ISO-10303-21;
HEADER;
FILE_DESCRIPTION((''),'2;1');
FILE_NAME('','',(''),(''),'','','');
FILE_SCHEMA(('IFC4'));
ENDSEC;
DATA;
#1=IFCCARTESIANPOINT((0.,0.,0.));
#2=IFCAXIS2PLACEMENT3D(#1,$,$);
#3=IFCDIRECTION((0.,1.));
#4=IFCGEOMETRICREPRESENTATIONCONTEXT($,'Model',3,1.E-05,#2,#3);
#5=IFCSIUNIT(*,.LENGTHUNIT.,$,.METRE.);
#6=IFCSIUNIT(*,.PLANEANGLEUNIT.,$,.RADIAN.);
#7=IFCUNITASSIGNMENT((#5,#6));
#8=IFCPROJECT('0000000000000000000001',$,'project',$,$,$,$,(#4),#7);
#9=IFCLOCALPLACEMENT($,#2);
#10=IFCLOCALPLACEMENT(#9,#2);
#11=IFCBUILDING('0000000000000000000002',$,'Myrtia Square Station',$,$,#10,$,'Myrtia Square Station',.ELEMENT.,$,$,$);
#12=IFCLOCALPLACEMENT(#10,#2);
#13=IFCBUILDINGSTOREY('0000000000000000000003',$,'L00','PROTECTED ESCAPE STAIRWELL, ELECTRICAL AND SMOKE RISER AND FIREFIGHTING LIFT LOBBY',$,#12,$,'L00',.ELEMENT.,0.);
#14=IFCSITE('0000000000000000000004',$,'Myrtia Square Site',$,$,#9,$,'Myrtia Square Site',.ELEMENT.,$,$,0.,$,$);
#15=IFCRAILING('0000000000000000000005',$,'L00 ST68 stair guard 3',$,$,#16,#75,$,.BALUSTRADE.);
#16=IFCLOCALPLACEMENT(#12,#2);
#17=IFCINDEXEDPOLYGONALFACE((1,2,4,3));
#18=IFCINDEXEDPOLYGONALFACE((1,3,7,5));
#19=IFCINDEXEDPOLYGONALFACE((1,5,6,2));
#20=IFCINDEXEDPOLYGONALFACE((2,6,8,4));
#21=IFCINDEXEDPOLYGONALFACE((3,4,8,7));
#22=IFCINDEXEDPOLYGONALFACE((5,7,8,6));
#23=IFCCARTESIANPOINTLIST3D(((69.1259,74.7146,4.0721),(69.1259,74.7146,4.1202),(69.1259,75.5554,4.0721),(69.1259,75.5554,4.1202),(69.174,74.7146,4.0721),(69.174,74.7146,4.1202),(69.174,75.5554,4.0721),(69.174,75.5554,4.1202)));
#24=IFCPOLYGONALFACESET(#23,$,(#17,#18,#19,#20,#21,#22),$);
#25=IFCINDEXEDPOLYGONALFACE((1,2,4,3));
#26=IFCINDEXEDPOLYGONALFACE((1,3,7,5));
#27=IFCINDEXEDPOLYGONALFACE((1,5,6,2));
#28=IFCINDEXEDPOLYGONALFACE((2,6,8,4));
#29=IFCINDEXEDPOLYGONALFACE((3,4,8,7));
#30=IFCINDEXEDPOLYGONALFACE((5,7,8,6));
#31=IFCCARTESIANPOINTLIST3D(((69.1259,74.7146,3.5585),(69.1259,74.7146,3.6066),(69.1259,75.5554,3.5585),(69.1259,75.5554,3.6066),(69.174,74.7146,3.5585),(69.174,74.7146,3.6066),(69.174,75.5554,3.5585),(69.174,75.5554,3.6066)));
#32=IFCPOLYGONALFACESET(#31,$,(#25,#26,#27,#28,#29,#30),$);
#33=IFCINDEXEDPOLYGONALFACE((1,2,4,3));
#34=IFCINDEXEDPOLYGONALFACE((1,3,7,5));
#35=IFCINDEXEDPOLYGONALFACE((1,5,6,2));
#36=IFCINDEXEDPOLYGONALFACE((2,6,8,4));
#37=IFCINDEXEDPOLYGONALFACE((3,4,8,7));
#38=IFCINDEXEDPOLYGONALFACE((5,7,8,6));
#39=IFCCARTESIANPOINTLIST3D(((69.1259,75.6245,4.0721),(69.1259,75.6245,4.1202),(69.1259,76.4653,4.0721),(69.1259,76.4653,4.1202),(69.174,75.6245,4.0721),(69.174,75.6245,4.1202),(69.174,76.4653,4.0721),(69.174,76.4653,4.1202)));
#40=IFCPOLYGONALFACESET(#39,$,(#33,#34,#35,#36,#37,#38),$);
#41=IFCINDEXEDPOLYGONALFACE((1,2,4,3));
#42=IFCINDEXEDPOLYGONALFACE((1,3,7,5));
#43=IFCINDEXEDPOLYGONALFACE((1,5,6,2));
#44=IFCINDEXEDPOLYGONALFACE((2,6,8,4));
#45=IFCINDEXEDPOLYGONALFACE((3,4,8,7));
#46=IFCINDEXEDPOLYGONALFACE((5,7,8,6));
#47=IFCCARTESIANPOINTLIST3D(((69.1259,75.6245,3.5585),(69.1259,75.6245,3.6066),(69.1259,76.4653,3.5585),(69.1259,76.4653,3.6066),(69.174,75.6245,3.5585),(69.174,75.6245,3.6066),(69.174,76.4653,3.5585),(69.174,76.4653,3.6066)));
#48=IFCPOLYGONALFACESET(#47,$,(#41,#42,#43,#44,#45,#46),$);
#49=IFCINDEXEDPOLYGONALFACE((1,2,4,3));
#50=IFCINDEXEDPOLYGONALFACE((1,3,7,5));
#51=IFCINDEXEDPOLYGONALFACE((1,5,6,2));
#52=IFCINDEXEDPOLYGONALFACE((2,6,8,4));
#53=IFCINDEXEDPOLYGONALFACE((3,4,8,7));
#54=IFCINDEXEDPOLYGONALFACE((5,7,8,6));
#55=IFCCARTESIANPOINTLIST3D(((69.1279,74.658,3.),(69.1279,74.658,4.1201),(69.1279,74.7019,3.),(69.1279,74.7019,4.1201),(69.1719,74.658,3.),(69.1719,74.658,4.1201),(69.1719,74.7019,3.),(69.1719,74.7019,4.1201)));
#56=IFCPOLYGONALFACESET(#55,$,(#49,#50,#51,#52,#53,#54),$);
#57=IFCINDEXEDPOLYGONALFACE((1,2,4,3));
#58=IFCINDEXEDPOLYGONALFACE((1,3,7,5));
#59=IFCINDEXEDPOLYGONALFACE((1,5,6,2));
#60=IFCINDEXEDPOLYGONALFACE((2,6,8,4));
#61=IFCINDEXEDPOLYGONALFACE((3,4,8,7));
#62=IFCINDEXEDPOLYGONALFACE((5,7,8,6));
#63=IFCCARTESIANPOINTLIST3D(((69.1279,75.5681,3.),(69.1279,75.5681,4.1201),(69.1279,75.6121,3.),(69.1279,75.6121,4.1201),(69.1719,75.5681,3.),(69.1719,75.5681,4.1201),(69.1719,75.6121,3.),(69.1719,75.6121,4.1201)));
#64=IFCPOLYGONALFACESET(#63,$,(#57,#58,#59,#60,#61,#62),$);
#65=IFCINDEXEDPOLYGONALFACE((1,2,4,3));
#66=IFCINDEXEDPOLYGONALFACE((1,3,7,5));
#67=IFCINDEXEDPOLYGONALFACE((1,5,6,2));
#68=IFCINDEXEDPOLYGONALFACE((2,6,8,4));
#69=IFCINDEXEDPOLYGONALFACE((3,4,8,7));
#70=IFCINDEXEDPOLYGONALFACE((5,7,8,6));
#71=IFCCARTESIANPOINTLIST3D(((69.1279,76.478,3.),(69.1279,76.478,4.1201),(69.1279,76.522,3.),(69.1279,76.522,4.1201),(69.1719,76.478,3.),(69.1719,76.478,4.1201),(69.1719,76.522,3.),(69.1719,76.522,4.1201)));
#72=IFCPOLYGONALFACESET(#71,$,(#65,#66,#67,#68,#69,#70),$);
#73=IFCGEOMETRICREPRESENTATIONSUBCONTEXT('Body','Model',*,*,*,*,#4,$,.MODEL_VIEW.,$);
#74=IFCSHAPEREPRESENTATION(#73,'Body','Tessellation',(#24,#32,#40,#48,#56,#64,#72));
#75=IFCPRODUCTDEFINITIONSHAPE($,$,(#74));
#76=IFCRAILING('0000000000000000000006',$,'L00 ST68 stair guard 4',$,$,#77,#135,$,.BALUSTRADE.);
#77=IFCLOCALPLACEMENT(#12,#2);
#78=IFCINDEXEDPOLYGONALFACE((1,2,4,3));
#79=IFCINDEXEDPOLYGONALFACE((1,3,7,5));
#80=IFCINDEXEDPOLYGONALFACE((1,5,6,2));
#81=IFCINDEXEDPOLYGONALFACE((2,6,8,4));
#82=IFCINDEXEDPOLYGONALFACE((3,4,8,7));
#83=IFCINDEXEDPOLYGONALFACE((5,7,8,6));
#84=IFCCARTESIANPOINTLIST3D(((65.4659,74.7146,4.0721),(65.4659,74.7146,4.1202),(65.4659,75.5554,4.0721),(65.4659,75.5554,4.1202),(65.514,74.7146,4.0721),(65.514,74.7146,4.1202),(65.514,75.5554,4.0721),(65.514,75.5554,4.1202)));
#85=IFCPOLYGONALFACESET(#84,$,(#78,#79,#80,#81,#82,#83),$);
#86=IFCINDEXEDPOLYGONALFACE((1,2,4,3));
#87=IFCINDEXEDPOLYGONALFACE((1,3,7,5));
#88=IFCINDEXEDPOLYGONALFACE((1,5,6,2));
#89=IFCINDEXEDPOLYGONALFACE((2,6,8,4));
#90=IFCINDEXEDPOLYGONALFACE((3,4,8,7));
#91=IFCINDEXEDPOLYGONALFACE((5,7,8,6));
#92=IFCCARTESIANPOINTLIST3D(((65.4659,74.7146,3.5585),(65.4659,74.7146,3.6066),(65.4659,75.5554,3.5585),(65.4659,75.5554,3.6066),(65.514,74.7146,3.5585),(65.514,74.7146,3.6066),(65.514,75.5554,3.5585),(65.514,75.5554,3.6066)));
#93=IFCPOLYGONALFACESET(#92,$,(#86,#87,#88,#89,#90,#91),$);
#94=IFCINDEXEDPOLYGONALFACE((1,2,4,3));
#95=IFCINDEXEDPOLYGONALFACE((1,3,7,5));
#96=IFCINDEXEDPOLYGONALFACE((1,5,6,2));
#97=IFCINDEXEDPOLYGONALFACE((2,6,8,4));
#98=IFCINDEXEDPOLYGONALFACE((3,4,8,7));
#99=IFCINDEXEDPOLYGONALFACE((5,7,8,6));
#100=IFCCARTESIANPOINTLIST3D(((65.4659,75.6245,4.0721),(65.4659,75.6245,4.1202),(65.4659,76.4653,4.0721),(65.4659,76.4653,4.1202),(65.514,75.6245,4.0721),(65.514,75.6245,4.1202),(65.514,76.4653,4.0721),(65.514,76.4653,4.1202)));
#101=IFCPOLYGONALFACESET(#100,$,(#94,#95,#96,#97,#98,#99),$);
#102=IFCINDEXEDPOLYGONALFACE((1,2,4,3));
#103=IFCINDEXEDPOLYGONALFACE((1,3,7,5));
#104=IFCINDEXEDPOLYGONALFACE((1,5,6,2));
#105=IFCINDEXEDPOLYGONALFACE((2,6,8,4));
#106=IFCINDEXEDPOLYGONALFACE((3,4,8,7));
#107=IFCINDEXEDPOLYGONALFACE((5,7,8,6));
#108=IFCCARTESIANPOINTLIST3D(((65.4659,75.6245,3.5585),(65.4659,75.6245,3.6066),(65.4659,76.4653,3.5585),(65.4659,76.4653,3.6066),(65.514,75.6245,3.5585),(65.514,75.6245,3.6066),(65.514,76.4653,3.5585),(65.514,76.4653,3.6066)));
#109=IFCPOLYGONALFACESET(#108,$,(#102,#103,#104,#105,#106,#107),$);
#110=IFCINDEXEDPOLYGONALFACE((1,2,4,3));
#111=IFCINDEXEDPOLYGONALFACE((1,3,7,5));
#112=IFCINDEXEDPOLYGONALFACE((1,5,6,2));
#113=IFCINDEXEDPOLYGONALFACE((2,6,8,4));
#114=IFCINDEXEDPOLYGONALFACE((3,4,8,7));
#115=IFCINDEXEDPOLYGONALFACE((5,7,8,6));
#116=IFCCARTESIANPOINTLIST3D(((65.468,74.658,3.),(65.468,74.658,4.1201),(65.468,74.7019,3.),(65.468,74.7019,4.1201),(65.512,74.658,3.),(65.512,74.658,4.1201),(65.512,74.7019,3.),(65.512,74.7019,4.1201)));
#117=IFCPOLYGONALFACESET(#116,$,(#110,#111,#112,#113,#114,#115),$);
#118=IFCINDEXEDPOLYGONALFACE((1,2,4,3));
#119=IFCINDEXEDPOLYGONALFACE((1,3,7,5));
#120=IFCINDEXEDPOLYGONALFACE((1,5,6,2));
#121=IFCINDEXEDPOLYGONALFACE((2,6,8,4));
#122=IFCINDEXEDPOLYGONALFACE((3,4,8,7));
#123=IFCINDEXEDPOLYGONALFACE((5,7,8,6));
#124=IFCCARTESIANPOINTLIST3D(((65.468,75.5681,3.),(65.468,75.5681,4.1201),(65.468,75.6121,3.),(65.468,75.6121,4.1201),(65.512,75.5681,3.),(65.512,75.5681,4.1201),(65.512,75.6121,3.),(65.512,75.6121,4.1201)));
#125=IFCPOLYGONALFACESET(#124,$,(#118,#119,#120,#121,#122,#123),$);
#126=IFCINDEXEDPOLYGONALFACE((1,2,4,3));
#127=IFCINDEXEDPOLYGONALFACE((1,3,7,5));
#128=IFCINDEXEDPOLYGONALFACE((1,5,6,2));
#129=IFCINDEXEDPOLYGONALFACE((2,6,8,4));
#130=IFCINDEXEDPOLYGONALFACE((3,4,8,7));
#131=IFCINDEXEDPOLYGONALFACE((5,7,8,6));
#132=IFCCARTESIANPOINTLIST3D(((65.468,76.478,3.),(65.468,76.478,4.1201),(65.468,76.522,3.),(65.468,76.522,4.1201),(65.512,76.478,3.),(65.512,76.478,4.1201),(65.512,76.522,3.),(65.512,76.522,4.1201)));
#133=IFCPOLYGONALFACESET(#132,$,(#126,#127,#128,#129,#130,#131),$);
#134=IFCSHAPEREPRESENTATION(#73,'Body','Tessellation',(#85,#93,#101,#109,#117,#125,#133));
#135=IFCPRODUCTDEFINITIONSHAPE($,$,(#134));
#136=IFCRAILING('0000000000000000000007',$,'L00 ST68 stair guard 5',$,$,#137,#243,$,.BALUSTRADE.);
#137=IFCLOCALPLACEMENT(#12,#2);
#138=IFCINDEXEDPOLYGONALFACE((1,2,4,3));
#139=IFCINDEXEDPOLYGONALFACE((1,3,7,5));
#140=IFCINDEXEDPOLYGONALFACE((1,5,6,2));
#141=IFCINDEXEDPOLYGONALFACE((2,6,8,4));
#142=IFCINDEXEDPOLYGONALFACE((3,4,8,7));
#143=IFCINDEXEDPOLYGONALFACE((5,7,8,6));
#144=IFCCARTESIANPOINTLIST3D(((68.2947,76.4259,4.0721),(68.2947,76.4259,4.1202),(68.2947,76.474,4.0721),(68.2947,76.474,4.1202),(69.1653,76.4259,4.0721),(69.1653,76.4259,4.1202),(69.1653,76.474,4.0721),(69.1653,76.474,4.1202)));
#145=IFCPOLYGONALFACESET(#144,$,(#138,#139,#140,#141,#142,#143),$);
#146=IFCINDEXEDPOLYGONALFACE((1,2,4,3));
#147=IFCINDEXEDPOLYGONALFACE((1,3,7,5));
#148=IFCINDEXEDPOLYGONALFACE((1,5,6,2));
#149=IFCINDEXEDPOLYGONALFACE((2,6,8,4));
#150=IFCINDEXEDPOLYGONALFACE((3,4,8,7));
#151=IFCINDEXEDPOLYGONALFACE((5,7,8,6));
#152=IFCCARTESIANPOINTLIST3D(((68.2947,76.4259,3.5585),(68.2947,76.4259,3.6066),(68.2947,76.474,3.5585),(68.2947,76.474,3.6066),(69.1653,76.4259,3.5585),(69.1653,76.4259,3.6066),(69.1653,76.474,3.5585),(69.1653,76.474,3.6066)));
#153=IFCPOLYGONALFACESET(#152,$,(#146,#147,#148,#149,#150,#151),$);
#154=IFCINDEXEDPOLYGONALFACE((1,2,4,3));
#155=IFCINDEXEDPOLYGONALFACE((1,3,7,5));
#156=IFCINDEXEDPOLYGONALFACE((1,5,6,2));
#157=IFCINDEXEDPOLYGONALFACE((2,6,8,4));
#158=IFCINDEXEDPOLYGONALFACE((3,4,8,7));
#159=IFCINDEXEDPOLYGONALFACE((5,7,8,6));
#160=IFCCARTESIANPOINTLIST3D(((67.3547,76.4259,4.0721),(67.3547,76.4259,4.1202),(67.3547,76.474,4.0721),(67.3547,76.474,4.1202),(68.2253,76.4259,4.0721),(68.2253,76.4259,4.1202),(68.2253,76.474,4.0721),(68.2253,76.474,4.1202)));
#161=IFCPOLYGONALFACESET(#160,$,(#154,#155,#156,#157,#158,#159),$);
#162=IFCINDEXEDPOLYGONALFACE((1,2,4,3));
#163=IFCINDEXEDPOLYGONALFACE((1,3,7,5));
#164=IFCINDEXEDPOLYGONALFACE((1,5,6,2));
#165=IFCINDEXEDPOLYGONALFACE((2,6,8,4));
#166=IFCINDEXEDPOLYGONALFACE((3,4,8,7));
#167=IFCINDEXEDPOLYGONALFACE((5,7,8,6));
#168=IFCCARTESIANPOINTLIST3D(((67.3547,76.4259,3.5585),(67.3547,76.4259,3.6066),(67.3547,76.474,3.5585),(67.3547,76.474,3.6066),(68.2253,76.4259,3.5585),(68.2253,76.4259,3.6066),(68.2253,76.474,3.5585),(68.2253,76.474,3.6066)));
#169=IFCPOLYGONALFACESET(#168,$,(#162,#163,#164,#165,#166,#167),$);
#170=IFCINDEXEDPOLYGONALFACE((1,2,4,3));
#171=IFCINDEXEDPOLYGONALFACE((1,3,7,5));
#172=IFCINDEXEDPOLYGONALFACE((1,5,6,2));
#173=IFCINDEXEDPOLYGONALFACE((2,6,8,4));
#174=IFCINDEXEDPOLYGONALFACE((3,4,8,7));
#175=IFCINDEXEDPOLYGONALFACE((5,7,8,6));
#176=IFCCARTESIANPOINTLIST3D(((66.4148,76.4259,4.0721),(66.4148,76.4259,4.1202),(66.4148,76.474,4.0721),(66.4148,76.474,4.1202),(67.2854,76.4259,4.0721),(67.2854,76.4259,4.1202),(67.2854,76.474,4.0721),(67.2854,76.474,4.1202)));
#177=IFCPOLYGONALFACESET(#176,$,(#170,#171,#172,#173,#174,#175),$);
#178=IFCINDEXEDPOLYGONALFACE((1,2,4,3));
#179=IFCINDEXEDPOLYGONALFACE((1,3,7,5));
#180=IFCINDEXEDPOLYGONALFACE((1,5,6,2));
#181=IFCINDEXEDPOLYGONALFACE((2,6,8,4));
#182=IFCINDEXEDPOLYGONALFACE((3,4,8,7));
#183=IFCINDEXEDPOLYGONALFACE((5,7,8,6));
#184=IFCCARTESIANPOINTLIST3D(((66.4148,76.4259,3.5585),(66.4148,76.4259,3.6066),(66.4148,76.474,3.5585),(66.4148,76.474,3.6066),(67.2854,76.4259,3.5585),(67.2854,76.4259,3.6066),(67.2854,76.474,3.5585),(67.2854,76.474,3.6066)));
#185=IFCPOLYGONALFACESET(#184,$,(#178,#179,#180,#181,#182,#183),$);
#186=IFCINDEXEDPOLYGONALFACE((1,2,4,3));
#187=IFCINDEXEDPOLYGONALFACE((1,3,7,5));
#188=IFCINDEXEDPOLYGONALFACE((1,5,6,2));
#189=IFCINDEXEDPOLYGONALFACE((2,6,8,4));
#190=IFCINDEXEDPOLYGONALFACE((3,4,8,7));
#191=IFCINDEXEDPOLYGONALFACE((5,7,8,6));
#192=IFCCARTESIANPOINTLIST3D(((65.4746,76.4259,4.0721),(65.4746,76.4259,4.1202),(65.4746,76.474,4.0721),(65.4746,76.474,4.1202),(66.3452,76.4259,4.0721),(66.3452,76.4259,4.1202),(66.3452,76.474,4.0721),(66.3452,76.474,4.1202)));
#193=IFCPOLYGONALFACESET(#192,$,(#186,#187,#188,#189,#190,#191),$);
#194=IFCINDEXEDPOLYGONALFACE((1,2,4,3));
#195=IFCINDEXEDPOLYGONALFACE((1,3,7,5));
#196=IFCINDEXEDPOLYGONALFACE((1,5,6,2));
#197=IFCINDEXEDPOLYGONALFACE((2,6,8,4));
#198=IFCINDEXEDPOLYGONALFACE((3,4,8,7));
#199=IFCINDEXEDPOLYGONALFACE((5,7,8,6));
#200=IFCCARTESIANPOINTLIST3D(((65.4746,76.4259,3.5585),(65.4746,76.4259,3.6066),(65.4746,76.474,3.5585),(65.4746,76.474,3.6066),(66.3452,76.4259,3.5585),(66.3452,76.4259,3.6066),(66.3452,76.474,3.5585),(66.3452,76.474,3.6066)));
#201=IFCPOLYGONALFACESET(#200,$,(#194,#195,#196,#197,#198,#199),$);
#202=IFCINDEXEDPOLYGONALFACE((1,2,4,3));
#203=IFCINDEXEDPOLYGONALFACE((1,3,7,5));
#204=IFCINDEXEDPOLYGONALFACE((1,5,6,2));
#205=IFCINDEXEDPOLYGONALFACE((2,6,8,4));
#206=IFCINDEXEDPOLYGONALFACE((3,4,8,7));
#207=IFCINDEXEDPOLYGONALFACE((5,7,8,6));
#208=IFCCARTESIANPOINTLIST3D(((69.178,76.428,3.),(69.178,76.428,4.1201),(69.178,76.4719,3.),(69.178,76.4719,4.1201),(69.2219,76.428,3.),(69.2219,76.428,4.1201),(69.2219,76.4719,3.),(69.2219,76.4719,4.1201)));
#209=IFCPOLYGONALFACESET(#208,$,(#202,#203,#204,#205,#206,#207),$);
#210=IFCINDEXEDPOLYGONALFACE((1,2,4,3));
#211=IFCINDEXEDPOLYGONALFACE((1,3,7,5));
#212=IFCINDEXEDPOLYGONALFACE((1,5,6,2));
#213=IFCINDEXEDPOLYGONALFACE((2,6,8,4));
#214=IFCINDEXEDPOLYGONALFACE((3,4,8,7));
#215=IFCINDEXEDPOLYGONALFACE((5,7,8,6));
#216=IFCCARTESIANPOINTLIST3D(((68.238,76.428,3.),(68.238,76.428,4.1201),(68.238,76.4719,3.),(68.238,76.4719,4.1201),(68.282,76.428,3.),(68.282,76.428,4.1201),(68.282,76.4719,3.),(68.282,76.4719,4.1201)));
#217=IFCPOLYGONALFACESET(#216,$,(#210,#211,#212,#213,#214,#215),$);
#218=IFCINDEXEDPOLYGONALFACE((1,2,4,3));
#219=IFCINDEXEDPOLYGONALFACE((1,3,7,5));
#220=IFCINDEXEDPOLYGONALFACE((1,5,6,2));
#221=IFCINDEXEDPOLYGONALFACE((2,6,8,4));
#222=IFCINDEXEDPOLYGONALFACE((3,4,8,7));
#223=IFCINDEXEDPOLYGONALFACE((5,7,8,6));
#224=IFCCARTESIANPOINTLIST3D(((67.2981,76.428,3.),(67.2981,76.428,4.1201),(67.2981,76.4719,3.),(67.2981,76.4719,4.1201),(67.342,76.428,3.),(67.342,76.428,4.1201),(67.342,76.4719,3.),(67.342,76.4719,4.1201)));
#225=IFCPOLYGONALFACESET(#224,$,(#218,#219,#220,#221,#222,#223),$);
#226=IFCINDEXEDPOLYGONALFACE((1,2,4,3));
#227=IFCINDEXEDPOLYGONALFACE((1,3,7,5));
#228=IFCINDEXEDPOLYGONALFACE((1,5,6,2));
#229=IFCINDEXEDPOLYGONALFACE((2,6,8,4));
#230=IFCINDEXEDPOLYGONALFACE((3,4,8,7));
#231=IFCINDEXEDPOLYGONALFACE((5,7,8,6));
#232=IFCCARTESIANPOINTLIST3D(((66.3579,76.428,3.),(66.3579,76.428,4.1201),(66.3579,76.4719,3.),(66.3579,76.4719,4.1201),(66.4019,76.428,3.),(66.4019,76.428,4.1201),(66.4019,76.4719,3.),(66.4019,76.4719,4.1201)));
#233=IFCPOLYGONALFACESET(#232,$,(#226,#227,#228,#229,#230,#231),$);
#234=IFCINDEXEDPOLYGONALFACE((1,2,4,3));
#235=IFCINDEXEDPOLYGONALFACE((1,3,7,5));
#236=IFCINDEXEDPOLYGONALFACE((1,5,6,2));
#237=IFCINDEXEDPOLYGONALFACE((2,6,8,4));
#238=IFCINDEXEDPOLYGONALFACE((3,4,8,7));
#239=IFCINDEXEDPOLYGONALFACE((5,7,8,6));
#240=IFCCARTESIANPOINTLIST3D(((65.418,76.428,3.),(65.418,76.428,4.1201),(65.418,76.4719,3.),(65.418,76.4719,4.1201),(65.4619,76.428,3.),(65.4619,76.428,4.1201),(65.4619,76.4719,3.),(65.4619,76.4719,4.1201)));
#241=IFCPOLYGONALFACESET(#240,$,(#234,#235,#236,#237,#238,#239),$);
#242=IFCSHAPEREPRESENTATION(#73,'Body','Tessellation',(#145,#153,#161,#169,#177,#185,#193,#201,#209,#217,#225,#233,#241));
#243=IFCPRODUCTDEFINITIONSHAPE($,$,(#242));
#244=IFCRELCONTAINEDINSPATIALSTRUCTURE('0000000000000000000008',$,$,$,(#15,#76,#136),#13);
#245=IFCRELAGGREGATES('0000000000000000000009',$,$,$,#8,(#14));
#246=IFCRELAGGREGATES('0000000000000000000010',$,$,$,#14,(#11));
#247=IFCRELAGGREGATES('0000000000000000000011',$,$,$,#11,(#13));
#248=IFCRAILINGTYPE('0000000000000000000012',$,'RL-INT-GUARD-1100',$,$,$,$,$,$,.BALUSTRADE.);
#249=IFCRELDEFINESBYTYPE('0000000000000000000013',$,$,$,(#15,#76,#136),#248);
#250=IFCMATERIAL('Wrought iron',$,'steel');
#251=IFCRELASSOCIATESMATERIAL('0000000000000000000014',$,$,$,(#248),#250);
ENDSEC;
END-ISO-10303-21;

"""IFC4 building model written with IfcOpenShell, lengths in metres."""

from ifc_helpers import new_model, si_unit, direction, frame, origin, origin_2d, place, context, subcontext, project, spatial, rectangle, extrude, material, type_object, element, save


model = new_model("IFC4")

# Units and contexts
model_context = context("Model", 3, precision=1e-05, world=origin(), true_north=direction((0.0, 1.0)))
body_context = subcontext(model_context, "Body", "Model", "MODEL_VIEW")
ifc_project = project(units=[si_unit("LENGTHUNIT", "METRE"), si_unit("PLANEANGLEUNIT", "RADIAN")], contexts=[model_context])

# Site, building, storey
site_placement = place(None, origin())
site = spatial("IfcSite", under=ifc_project, at=site_placement, Name="Myrtia Square Site", LongName="Myrtia Square Site", CompositionType="ELEMENT", RefElevation=0.0)
building_placement = place(site_placement, origin())
building = spatial("IfcBuilding", under=site, at=building_placement, Name="Myrtia Square Station", LongName="Myrtia Square Station", CompositionType="ELEMENT")
storey_placement = place(building_placement, origin())
storey = spatial("IfcBuildingStorey", under=building, at=storey_placement, Name="L00", Description="PROTECTED ESCAPE STAIRWELL, ELECTRICAL AND SMOKE RISER AND FIREFIGHTING LIFT LOBBY", LongName="L00", CompositionType="ELEMENT", Elevation=0.0)

# Railings
ifc_material_1 = material(Name="Wrought iron", Category="steel")
railing_type_1 = type_object("IfcRailingType", Name="RL-INT-GUARD-1100", PredefinedType="BALUSTRADE", material=ifc_material_1)
for number, where, name in (
    (1, (69.1499, 74.6799, 3.0), "L00 ST68 stair guard 3"),
    (2, (65.49, 74.6799, 3.0), "L00 ST68 stair guard 4"),
):
    element("IfcRailing", number, at=place(storey_placement, frame(where)), inside=storey, type_object=railing_type_1, Name=name, PredefinedType="BALUSTRADE", context=body_context, shape_type="SweptSolid", body=[
        extrude(rectangle(XDim=0.0481, YDim=0.0481, at=origin_2d()), frame((0.0, 0.0347, 1.0962), z_axis=(0.0, 1.0, 0.0), x_axis=(-1.0, 0.0, 0.0)), (0.0, 0.0, 1.0), 0.8408),
        extrude(rectangle(XDim=0.0481, YDim=0.0481, at=origin_2d()), frame((0.0, 0.0347, 0.5825), z_axis=(0.0, 1.0, 0.0), x_axis=(-1.0, 0.0, 0.0)), (0.0, 0.0, 1.0), 0.8408),
        extrude(rectangle(XDim=0.0481, YDim=0.0481, at=origin_2d()), frame((0.0, 0.9446, 1.0962), z_axis=(0.0, 1.0, 0.0), x_axis=(-1.0, 0.0, 0.0)), (0.0, 0.0, 1.0), 0.8408),
        extrude(rectangle(XDim=0.0481, YDim=0.0481, at=origin_2d()), frame((0.0, 0.9446, 0.5825), z_axis=(0.0, 1.0, 0.0), x_axis=(-1.0, 0.0, 0.0)), (0.0, 0.0, 1.0), 0.8408),
        extrude(rectangle(XDim=0.0439, YDim=0.0439, at=origin_2d()), origin(), (0.0, 0.0, 1.0), 1.1201),
        extrude(rectangle(XDim=0.0439, YDim=0.0439, at=origin_2d()), frame((0.0, 0.9102, 0.0)), (0.0, 0.0, 1.0), 1.1201),
        extrude(rectangle(XDim=0.0439, YDim=0.0439, at=origin_2d()), frame((0.0, 1.8201, 0.0)), (0.0, 0.0, 1.0), 1.1201),
    ])
railing_1_placement = place(storey_placement, frame((69.2, 76.45, 3.0)))
element("IfcRailing", 3, at=railing_1_placement, inside=storey, type_object=railing_type_1, Name="L00 ST68 stair guard 5", PredefinedType="BALUSTRADE", context=body_context, shape_type="SweptSolid", body=[
    extrude(rectangle(XDim=0.0481, YDim=0.0481, at=origin_2d()), frame((-0.0347, 0.0, 1.0962), z_axis=(-1.0, 0.0, 0.0), x_axis=(0.0, -1.0, 0.0)), (0.0, 0.0, 1.0), 0.8706),
    extrude(rectangle(XDim=0.0481, YDim=0.0481, at=origin_2d()), frame((-0.0347, 0.0, 0.5825), z_axis=(-1.0, 0.0, 0.0), x_axis=(0.0, -1.0, 0.0)), (0.0, 0.0, 1.0), 0.8706),
    extrude(rectangle(XDim=0.0481, YDim=0.0481, at=origin_2d()), frame((-0.9746, 0.0, 1.0962), z_axis=(-1.0, 0.0, 0.0), x_axis=(0.0, -1.0, 0.0)), (0.0, 0.0, 1.0), 0.8706),
    extrude(rectangle(XDim=0.0481, YDim=0.0481, at=origin_2d()), frame((-0.9746, 0.0, 0.5825), z_axis=(-1.0, 0.0, 0.0), x_axis=(0.0, -1.0, 0.0)), (0.0, 0.0, 1.0), 0.8706),
    extrude(rectangle(XDim=0.0481, YDim=0.0481, at=origin_2d()), frame((-1.9146, 0.0, 1.0962), z_axis=(-1.0, 0.0, 0.0), x_axis=(0.0, -1.0, 0.0)), (0.0, 0.0, 1.0), 0.8706),
    extrude(rectangle(XDim=0.0481, YDim=0.0481, at=origin_2d()), frame((-1.9146, 0.0, 0.5825), z_axis=(-1.0, 0.0, 0.0), x_axis=(0.0, -1.0, 0.0)), (0.0, 0.0, 1.0), 0.8706),
    extrude(rectangle(XDim=0.0481, YDim=0.0481, at=origin_2d()), frame((-2.8547, 0.0, 1.0962), z_axis=(-1.0, 0.0, 0.0), x_axis=(0.0, -1.0, 0.0)), (0.0, 0.0, 1.0), 0.8706),
    extrude(rectangle(XDim=0.0481, YDim=0.0481, at=origin_2d()), frame((-2.8547, 0.0, 0.5825), z_axis=(-1.0, 0.0, 0.0), x_axis=(0.0, -1.0, 0.0)), (0.0, 0.0, 1.0), 0.8706),
    extrude(rectangle(XDim=0.0439, YDim=0.0439, at=origin_2d()), origin(), (0.0, 0.0, 1.0), 1.1201),
    extrude(rectangle(XDim=0.0439, YDim=0.0439, at=origin_2d()), frame((-0.9399, 0.0, 0.0)), (0.0, 0.0, 1.0), 1.1201),
    extrude(rectangle(XDim=0.0439, YDim=0.0439, at=origin_2d()), frame((-1.8799, 0.0, 0.0)), (0.0, 0.0, 1.0), 1.1201),
    extrude(rectangle(XDim=0.0439, YDim=0.0439, at=origin_2d()), frame((-2.8201, 0.0, 0.0)), (0.0, 0.0, 1.0), 1.1201),
    extrude(rectangle(XDim=0.0439, YDim=0.0439, at=origin_2d()), frame((-3.76, 0.0, 0.0)), (0.0, 0.0, 1.0), 1.1201),
])

save(model, "model.ifc")
